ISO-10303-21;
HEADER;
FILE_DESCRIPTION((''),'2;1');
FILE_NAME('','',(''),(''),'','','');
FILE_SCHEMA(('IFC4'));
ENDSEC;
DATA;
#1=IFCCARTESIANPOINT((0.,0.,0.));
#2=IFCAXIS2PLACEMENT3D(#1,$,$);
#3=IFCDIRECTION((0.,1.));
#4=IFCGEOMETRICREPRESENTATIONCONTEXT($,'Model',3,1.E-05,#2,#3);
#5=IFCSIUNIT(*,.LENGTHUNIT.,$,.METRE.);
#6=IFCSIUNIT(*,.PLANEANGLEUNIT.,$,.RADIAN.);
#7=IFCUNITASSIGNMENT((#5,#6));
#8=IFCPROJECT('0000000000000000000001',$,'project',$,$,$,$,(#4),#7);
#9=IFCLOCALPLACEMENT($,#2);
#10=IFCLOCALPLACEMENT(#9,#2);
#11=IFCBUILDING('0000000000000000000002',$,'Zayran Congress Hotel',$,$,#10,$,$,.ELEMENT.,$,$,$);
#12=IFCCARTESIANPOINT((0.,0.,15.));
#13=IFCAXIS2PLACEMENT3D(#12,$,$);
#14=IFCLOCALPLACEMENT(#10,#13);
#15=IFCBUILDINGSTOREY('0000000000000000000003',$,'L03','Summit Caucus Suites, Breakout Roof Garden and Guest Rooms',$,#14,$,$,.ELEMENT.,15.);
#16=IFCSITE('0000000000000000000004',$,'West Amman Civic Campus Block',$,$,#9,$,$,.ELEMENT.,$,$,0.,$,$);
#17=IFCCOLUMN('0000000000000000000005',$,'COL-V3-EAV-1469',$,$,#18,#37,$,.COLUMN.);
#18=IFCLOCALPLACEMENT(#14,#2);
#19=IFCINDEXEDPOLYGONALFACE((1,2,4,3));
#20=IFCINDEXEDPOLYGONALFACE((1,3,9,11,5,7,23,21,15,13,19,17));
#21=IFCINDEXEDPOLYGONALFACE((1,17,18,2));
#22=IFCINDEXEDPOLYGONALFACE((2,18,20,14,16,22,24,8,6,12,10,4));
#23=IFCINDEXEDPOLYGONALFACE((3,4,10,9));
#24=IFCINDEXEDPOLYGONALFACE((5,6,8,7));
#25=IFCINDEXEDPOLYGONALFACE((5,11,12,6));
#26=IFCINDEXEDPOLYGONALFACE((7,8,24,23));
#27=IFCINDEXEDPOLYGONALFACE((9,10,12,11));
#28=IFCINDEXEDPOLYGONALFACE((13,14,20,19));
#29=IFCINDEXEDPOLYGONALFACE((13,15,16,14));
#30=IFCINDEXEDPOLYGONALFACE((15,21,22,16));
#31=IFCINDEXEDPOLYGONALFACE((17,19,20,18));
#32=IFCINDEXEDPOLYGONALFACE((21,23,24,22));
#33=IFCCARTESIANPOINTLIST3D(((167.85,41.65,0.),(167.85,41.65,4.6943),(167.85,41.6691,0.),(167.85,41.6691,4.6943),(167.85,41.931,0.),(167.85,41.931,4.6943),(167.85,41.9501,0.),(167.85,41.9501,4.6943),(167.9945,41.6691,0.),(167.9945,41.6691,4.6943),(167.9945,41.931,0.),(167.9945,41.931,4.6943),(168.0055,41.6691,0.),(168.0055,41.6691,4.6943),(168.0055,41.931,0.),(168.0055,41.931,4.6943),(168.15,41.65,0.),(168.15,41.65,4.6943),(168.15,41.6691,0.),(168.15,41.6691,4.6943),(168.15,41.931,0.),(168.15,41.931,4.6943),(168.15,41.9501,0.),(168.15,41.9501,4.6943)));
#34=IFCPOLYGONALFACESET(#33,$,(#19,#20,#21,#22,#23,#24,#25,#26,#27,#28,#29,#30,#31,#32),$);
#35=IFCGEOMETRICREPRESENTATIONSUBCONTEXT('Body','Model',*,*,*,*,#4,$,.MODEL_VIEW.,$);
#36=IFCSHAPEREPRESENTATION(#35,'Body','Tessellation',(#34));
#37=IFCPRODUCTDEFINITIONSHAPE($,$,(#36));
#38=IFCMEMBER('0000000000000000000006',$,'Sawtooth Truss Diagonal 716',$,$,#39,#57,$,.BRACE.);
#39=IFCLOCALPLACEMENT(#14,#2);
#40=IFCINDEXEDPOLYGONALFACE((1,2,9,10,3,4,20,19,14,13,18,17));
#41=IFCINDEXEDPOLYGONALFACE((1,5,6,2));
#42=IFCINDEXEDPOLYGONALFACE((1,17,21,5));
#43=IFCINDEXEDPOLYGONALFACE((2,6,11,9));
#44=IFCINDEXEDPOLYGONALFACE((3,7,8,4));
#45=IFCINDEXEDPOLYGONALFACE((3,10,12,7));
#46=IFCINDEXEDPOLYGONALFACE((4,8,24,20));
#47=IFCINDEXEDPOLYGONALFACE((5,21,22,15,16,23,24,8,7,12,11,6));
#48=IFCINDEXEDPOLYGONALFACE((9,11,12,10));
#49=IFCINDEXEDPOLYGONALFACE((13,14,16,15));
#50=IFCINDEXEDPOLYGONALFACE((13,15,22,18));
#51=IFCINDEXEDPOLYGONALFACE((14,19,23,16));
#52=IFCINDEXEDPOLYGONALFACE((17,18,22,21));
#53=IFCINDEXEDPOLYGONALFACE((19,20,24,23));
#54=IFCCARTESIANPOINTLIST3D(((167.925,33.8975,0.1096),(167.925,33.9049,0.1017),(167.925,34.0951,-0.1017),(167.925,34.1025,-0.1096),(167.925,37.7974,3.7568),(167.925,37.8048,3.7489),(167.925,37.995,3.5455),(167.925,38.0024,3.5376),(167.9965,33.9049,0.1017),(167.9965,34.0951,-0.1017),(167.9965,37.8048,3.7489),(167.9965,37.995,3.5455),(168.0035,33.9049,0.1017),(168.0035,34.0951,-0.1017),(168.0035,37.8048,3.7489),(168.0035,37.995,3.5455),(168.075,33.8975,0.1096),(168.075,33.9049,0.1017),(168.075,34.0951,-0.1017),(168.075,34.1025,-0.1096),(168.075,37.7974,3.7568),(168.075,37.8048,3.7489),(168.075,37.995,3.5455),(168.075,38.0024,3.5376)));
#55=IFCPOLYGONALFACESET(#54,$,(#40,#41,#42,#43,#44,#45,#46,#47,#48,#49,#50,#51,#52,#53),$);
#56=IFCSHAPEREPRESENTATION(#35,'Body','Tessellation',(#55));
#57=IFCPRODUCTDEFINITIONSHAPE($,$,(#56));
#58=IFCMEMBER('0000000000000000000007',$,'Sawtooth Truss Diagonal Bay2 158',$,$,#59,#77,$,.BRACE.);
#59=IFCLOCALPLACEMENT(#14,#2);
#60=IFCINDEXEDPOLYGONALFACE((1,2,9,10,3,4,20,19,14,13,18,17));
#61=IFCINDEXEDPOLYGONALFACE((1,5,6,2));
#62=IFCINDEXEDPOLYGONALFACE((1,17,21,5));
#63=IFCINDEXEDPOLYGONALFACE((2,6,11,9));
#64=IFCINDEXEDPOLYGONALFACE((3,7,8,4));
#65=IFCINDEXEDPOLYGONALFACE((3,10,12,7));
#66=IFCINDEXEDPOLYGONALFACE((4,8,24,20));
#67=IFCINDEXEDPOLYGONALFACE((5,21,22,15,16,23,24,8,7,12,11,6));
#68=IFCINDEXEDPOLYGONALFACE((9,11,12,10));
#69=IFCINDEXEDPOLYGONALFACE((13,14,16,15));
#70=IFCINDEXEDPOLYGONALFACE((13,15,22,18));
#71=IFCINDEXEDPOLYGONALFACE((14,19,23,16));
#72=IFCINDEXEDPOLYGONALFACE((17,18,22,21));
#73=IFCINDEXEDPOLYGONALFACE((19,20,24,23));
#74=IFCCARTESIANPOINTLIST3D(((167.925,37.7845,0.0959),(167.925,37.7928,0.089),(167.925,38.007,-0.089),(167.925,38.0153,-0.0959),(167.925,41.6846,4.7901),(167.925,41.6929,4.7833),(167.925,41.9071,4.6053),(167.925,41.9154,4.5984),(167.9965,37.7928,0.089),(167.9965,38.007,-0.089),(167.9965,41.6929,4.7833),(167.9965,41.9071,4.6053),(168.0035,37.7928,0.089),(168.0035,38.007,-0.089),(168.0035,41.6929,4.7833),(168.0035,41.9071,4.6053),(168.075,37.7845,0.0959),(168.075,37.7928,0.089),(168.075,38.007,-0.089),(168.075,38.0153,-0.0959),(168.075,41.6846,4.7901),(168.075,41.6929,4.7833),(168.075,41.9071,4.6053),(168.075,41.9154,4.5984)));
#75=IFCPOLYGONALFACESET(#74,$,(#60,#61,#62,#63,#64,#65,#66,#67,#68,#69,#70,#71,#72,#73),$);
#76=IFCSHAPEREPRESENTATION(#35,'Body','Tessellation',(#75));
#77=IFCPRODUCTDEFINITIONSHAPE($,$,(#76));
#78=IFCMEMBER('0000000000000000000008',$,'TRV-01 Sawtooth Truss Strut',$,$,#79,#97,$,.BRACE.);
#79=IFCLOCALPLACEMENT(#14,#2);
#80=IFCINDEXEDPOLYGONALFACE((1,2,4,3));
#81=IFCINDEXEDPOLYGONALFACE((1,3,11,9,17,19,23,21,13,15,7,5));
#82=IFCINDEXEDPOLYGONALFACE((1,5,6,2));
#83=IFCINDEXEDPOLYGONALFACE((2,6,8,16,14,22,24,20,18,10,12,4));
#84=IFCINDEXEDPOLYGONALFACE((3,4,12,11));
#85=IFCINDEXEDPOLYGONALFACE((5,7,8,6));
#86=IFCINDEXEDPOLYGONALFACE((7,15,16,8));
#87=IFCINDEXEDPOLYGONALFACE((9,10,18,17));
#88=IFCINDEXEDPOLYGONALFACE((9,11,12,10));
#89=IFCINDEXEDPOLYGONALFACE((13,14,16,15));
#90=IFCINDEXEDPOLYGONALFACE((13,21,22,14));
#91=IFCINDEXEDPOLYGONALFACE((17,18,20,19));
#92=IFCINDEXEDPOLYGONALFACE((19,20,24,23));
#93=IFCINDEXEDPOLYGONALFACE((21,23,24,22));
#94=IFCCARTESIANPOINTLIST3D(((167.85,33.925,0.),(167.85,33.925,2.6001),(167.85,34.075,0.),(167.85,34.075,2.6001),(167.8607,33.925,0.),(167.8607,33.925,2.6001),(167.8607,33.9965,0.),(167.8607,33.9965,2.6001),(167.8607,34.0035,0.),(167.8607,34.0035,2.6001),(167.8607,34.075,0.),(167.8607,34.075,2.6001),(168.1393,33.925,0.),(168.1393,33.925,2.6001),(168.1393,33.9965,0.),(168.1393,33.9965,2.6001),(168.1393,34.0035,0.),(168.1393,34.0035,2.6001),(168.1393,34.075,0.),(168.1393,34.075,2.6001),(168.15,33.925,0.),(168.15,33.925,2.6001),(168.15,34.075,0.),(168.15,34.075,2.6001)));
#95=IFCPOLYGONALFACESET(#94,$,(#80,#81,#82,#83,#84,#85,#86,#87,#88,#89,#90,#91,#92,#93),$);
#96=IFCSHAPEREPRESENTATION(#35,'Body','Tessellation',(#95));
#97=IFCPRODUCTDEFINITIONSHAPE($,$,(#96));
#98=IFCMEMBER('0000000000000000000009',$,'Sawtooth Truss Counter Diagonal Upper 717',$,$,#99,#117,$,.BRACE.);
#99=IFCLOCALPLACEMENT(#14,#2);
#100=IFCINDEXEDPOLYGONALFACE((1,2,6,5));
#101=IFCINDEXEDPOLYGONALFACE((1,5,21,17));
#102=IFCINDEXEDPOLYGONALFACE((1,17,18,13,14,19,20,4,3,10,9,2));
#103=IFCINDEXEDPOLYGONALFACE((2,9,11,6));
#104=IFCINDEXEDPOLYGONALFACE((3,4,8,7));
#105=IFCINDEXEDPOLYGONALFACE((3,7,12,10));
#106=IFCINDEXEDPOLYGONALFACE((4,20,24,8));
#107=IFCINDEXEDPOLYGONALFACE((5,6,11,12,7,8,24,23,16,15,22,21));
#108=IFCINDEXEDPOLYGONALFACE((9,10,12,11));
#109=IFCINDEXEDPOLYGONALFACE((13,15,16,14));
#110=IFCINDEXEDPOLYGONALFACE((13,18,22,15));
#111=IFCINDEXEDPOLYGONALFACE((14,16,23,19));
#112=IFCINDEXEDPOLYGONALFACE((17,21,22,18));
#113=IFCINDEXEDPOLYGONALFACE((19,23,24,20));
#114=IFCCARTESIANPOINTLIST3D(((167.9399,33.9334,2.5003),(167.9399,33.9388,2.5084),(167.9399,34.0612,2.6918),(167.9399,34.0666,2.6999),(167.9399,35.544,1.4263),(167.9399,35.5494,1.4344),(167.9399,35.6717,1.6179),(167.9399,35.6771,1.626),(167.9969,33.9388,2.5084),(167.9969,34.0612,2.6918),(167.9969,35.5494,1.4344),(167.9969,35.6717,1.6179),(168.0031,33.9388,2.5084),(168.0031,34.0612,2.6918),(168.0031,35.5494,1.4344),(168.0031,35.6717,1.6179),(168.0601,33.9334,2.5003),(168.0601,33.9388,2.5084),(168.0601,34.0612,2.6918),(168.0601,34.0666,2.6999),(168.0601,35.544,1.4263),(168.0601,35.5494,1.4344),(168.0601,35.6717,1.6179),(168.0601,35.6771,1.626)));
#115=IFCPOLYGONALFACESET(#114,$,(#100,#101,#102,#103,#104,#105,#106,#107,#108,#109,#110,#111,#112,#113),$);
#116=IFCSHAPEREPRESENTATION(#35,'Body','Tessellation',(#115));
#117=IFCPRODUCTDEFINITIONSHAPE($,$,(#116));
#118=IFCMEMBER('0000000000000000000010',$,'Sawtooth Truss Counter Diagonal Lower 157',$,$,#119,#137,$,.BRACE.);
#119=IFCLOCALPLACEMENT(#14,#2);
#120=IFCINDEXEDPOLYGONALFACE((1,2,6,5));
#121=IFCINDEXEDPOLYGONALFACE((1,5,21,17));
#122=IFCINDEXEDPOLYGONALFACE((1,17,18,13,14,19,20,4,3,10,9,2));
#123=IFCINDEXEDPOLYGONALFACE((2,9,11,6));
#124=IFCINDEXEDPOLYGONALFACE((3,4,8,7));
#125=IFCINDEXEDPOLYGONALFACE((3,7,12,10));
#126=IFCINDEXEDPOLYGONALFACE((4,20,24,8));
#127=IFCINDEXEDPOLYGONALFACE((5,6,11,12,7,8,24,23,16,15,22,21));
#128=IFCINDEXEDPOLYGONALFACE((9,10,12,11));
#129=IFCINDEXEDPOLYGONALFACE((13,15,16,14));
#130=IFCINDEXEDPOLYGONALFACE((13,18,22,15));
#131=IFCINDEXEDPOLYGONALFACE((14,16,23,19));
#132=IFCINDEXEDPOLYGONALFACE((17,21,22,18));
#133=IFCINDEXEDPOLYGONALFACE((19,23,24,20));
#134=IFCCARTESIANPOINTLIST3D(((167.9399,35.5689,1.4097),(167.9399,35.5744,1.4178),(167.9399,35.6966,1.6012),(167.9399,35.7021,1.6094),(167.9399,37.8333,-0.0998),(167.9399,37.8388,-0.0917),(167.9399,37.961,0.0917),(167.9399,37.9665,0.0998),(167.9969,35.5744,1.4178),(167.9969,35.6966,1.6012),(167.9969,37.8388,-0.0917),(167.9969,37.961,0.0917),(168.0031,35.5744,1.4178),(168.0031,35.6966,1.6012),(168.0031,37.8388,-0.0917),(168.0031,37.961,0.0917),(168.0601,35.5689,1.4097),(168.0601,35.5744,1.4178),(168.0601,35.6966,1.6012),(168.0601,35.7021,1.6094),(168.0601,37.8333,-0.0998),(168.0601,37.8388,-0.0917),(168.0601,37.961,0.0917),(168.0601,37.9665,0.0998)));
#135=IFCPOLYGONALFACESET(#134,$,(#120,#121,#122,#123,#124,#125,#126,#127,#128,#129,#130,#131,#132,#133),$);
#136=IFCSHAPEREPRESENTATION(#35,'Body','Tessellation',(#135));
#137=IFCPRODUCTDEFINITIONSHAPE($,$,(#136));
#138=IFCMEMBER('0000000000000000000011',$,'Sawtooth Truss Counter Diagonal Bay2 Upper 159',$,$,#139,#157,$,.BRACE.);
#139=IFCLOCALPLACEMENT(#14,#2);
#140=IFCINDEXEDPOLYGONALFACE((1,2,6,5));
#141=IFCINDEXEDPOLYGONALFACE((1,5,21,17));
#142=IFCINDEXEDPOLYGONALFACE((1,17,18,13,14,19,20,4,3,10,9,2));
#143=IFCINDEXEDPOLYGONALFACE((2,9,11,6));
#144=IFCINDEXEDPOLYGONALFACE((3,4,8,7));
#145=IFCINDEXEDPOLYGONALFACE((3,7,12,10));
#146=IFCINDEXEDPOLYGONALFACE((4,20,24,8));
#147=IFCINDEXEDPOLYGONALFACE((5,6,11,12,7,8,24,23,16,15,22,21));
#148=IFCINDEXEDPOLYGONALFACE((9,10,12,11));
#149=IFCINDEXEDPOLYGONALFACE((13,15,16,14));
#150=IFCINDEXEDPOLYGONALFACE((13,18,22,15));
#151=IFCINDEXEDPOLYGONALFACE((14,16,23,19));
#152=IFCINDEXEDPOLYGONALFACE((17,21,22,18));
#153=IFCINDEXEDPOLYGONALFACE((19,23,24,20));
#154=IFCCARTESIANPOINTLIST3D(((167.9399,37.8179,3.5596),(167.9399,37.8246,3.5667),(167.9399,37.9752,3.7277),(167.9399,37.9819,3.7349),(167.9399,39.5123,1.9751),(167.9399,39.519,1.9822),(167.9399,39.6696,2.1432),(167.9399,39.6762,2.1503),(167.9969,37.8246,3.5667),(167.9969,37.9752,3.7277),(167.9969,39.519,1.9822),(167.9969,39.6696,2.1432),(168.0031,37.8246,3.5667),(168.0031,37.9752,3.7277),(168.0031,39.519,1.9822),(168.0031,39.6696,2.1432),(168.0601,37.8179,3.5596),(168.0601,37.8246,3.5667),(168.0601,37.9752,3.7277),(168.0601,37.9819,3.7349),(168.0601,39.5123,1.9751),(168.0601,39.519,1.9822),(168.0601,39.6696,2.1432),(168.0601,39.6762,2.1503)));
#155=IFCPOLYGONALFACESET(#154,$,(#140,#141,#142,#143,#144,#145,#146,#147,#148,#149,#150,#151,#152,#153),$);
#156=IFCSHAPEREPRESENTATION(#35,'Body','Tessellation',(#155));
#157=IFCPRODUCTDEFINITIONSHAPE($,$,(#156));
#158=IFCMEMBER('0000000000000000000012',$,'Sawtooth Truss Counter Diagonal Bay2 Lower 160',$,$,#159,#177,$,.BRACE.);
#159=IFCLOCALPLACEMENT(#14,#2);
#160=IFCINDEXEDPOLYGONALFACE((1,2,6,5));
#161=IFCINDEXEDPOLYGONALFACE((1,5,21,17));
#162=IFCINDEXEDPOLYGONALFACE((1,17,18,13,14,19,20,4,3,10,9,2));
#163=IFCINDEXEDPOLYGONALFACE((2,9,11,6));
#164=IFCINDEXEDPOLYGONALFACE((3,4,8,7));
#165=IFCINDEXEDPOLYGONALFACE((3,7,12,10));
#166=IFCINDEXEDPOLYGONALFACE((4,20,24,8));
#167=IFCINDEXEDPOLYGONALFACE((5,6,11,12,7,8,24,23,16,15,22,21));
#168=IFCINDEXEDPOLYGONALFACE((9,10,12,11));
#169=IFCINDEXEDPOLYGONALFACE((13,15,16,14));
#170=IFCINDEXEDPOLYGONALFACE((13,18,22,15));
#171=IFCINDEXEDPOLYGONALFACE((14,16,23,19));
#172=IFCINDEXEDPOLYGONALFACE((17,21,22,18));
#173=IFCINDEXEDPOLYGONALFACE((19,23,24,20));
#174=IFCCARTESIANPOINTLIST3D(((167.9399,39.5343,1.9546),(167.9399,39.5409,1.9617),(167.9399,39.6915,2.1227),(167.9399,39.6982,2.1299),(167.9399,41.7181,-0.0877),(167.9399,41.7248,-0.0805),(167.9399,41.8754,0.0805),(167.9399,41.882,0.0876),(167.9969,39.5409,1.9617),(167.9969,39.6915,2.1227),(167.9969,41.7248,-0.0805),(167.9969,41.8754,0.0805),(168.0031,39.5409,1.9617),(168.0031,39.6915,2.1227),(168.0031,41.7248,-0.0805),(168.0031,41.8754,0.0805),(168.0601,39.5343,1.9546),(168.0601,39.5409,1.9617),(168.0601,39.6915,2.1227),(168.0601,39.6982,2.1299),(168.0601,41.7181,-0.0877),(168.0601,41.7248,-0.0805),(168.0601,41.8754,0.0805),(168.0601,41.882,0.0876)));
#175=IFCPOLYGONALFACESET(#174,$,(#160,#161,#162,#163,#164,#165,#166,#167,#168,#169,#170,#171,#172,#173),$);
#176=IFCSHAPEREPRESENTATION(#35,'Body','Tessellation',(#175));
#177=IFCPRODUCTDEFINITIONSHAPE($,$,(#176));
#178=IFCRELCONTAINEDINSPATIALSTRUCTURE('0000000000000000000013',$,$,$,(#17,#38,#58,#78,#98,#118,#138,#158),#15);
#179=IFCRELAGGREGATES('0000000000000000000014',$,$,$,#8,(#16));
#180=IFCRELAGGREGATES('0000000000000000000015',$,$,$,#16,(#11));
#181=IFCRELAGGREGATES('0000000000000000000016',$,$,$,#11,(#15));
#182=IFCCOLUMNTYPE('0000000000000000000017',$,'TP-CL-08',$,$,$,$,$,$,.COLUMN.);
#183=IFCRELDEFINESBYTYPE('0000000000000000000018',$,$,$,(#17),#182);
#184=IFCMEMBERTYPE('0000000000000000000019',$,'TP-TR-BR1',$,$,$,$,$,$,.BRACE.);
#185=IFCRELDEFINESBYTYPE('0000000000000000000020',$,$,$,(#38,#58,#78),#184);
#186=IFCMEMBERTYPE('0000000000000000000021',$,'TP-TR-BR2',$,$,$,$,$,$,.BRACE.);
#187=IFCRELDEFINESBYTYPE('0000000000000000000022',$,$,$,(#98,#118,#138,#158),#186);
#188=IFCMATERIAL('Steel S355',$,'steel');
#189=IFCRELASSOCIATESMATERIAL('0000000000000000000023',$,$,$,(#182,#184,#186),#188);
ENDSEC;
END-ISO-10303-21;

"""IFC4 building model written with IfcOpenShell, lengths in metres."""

from ifc_helpers import new_model, si_unit, direction, frame, origin, origin_2d, place, context, subcontext, project, spatial, i_section, extrude, material, material_profile, profile_set, type_object, element, save


model = new_model("IFC4")

# Units and contexts
model_context = context("Model", 3, precision=1e-05, world=origin(), true_north=direction((0.0, 1.0)))
body_context = subcontext(model_context, "Body", "Model", "MODEL_VIEW")
ifc_project = project(units=[si_unit("LENGTHUNIT", "METRE"), si_unit("PLANEANGLEUNIT", "RADIAN")], contexts=[model_context])

# Site, building, storey
site_placement = place(None, origin())
site = spatial("IfcSite", under=ifc_project, at=site_placement, Name="West Amman Civic Campus Block", CompositionType="ELEMENT", RefElevation=0.0)
building_placement = place(site_placement, origin())
building = spatial("IfcBuilding", under=site, at=building_placement, Name="Zayran Congress Hotel", CompositionType="ELEMENT")
storey_placement = place(building_placement, frame((0.0, 0.0, 15.0)))
storey = spatial("IfcBuildingStorey", under=building, at=storey_placement, Name="L03", Description="Summit Caucus Suites, Breakout Roof Garden and Guest Rooms", CompositionType="ELEMENT", Elevation=15.0)

# Column
ifc_material_1 = material(Name="Steel S355", Category="steel")
ifc_material_profile_1 = material_profile(ifc_material_1, i_section(OverallWidth=0.3, OverallDepth=0.3, WebThickness=0.011, FlangeThickness=0.019, at=origin_2d()), Name="HEB 300")
ifc_profile_set_1 = profile_set([ifc_material_profile_1], Name="Steel S355")
column_type = type_object("IfcColumnType", Name="TP-CL-08", PredefinedType="COLUMN", material=ifc_profile_set_1)
column_placement = place(storey_placement, frame((168.0, 41.8, 0.0), z_axis=(0.0, 0.0, 1.0), x_axis=(1.0, 0.0, 0.0)))
element("IfcColumn", 1, at=column_placement, inside=storey, type_object=column_type, Name="COL-V3-EAV-1469", PredefinedType="COLUMN", context=body_context, shape_type="SweptSolid", body=[
    extrude(i_section(OverallWidth=0.3, OverallDepth=0.3, WebThickness=0.011, FlangeThickness=0.019, at=origin_2d()), origin(), (0.0, 0.0, 1.0), 4.6943),
])

# Members
ifc_material_profile_2 = material_profile(ifc_material_1, i_section(OverallWidth=0.1499, OverallDepth=0.3, WebThickness=0.0071, FlangeThickness=0.0107, at=origin_2d()), Name="IPE 300")
ifc_profile_set_2 = profile_set([ifc_material_profile_2], Name="Steel S355")
member_type_1 = type_object("IfcMemberType", Name="TP-TR-BR1", PredefinedType="BRACE", material=ifc_profile_set_2)
member_1_placement = place(storey_placement, frame((168.0, 34.0, 0.0), z_axis=(0.0, 0.730372, 0.683049), x_axis=(-1.0, 0.0, 0.0)))
element("IfcMember", 2, at=member_1_placement, inside=storey, type_object=member_type_1, Name="Sawtooth Truss Diagonal 716", PredefinedType="BRACE", context=body_context, shape_type="SweptSolid", body=[
    extrude(i_section(OverallWidth=0.1499, OverallDepth=0.3, WebThickness=0.0071, FlangeThickness=0.0107, at=origin_2d()), origin(), (0.0, 0.0, 1.0), 5.3396),
])
member_2_placement = place(storey_placement, frame((168.0, 37.8999, 0.0), z_axis=(0.0, 0.639043, 0.769171), x_axis=(-1.0, 0.0, 0.0)))
element("IfcMember", 3, at=member_2_placement, inside=storey, type_object=member_type_1, Name="Sawtooth Truss Diagonal Bay2 158", PredefinedType="BRACE", context=body_context, shape_type="SweptSolid", body=[
    extrude(i_section(OverallWidth=0.1499, OverallDepth=0.3, WebThickness=0.0071, FlangeThickness=0.0107, at=origin_2d()), origin(), (0.0, 0.0, 1.0), 6.103),
])
member_3_placement = place(storey_placement, frame((168.0, 34.0, 0.0), z_axis=(0.0, 0.0, 1.0), x_axis=(0.0, 1.0, 0.0)))
element("IfcMember", 4, at=member_3_placement, inside=storey, type_object=member_type_1, Name="TRV-01 Sawtooth Truss Strut", PredefinedType="BRACE", context=body_context, shape_type="SweptSolid", body=[
    extrude(i_section(OverallWidth=0.1499, OverallDepth=0.3, WebThickness=0.0071, FlangeThickness=0.0107, at=origin_2d()), origin(), (0.0, 0.0, 1.0), 2.6001),
])
ifc_material_profile_3 = material_profile(ifc_material_1, i_section(OverallWidth=0.1201, OverallDepth=0.24, WebThickness=0.0061, FlangeThickness=0.0098, at=origin_2d()), Name="IPE 240")
ifc_profile_set_3 = profile_set([ifc_material_profile_3], Name="Steel S355")
member_type_2 = type_object("IfcMemberType", Name="TP-TR-BR2", PredefinedType="BRACE", material=ifc_profile_set_3)
member_4_placement = place(storey_placement, frame((168.0, 34.0, 2.6001), z_axis=(0.0, 0.831992, -0.554788), x_axis=(-1.0, 0.0, 0.0)))
element("IfcMember", 5, at=member_4_placement, inside=storey, type_object=member_type_2, Name="Sawtooth Truss Counter Diagonal Upper 717", PredefinedType="BRACE", context=body_context, shape_type="SweptSolid", body=[
    extrude(i_section(OverallWidth=0.1201, OverallDepth=0.24, WebThickness=0.0061, FlangeThickness=0.0098, at=origin_2d()), origin(), (0.0, 0.0, 1.0), 1.9358),
])
member_5_placement = place(storey_placement, frame((168.0, 35.6355, 1.5095), z_axis=(0.0, 0.832064, -0.554679), x_axis=(-1.0, 0.0, 0.0)))
element("IfcMember", 6, at=member_5_placement, inside=storey, type_object=member_type_2, Name="Sawtooth Truss Counter Diagonal Lower 157", PredefinedType="BRACE", context=body_context, shape_type="SweptSolid", body=[
    extrude(i_section(OverallWidth=0.1201, OverallDepth=0.24, WebThickness=0.0061, FlangeThickness=0.0098, at=origin_2d()), origin(), (0.0, 0.0, 1.0), 2.7214),
])
member_6_placement = place(storey_placement, frame((168.0, 37.8999, 3.6472), z_axis=(0.0, 0.73039, -0.68303), x_axis=(-1.0, 0.0, 0.0)))
element("IfcMember", 7, at=member_6_placement, inside=storey, type_object=member_type_2, Name="Sawtooth Truss Counter Diagonal Bay2 Upper 159", PredefinedType="BRACE", context=body_context, shape_type="SweptSolid", body=[
    extrude(i_section(OverallWidth=0.1201, OverallDepth=0.24, WebThickness=0.0061, FlangeThickness=0.0098, at=origin_2d()), origin(), (0.0, 0.0, 1.0), 2.3198),
])
member_7_placement = place(storey_placement, frame((168.0, 39.6162, 2.0422), z_axis=(0.0, 0.73039, -0.683031), x_axis=(-1.0, 0.0, 0.0)))
element("IfcMember", 8, at=member_7_placement, inside=storey, type_object=member_type_2, Name="Sawtooth Truss Counter Diagonal Bay2 Lower 160", PredefinedType="BRACE", context=body_context, shape_type="SweptSolid", body=[
    extrude(i_section(OverallWidth=0.1201, OverallDepth=0.24, WebThickness=0.0061, FlangeThickness=0.0098, at=origin_2d()), origin(), (0.0, 0.0, 1.0), 2.99),
])

save(model, "model.ifc")
